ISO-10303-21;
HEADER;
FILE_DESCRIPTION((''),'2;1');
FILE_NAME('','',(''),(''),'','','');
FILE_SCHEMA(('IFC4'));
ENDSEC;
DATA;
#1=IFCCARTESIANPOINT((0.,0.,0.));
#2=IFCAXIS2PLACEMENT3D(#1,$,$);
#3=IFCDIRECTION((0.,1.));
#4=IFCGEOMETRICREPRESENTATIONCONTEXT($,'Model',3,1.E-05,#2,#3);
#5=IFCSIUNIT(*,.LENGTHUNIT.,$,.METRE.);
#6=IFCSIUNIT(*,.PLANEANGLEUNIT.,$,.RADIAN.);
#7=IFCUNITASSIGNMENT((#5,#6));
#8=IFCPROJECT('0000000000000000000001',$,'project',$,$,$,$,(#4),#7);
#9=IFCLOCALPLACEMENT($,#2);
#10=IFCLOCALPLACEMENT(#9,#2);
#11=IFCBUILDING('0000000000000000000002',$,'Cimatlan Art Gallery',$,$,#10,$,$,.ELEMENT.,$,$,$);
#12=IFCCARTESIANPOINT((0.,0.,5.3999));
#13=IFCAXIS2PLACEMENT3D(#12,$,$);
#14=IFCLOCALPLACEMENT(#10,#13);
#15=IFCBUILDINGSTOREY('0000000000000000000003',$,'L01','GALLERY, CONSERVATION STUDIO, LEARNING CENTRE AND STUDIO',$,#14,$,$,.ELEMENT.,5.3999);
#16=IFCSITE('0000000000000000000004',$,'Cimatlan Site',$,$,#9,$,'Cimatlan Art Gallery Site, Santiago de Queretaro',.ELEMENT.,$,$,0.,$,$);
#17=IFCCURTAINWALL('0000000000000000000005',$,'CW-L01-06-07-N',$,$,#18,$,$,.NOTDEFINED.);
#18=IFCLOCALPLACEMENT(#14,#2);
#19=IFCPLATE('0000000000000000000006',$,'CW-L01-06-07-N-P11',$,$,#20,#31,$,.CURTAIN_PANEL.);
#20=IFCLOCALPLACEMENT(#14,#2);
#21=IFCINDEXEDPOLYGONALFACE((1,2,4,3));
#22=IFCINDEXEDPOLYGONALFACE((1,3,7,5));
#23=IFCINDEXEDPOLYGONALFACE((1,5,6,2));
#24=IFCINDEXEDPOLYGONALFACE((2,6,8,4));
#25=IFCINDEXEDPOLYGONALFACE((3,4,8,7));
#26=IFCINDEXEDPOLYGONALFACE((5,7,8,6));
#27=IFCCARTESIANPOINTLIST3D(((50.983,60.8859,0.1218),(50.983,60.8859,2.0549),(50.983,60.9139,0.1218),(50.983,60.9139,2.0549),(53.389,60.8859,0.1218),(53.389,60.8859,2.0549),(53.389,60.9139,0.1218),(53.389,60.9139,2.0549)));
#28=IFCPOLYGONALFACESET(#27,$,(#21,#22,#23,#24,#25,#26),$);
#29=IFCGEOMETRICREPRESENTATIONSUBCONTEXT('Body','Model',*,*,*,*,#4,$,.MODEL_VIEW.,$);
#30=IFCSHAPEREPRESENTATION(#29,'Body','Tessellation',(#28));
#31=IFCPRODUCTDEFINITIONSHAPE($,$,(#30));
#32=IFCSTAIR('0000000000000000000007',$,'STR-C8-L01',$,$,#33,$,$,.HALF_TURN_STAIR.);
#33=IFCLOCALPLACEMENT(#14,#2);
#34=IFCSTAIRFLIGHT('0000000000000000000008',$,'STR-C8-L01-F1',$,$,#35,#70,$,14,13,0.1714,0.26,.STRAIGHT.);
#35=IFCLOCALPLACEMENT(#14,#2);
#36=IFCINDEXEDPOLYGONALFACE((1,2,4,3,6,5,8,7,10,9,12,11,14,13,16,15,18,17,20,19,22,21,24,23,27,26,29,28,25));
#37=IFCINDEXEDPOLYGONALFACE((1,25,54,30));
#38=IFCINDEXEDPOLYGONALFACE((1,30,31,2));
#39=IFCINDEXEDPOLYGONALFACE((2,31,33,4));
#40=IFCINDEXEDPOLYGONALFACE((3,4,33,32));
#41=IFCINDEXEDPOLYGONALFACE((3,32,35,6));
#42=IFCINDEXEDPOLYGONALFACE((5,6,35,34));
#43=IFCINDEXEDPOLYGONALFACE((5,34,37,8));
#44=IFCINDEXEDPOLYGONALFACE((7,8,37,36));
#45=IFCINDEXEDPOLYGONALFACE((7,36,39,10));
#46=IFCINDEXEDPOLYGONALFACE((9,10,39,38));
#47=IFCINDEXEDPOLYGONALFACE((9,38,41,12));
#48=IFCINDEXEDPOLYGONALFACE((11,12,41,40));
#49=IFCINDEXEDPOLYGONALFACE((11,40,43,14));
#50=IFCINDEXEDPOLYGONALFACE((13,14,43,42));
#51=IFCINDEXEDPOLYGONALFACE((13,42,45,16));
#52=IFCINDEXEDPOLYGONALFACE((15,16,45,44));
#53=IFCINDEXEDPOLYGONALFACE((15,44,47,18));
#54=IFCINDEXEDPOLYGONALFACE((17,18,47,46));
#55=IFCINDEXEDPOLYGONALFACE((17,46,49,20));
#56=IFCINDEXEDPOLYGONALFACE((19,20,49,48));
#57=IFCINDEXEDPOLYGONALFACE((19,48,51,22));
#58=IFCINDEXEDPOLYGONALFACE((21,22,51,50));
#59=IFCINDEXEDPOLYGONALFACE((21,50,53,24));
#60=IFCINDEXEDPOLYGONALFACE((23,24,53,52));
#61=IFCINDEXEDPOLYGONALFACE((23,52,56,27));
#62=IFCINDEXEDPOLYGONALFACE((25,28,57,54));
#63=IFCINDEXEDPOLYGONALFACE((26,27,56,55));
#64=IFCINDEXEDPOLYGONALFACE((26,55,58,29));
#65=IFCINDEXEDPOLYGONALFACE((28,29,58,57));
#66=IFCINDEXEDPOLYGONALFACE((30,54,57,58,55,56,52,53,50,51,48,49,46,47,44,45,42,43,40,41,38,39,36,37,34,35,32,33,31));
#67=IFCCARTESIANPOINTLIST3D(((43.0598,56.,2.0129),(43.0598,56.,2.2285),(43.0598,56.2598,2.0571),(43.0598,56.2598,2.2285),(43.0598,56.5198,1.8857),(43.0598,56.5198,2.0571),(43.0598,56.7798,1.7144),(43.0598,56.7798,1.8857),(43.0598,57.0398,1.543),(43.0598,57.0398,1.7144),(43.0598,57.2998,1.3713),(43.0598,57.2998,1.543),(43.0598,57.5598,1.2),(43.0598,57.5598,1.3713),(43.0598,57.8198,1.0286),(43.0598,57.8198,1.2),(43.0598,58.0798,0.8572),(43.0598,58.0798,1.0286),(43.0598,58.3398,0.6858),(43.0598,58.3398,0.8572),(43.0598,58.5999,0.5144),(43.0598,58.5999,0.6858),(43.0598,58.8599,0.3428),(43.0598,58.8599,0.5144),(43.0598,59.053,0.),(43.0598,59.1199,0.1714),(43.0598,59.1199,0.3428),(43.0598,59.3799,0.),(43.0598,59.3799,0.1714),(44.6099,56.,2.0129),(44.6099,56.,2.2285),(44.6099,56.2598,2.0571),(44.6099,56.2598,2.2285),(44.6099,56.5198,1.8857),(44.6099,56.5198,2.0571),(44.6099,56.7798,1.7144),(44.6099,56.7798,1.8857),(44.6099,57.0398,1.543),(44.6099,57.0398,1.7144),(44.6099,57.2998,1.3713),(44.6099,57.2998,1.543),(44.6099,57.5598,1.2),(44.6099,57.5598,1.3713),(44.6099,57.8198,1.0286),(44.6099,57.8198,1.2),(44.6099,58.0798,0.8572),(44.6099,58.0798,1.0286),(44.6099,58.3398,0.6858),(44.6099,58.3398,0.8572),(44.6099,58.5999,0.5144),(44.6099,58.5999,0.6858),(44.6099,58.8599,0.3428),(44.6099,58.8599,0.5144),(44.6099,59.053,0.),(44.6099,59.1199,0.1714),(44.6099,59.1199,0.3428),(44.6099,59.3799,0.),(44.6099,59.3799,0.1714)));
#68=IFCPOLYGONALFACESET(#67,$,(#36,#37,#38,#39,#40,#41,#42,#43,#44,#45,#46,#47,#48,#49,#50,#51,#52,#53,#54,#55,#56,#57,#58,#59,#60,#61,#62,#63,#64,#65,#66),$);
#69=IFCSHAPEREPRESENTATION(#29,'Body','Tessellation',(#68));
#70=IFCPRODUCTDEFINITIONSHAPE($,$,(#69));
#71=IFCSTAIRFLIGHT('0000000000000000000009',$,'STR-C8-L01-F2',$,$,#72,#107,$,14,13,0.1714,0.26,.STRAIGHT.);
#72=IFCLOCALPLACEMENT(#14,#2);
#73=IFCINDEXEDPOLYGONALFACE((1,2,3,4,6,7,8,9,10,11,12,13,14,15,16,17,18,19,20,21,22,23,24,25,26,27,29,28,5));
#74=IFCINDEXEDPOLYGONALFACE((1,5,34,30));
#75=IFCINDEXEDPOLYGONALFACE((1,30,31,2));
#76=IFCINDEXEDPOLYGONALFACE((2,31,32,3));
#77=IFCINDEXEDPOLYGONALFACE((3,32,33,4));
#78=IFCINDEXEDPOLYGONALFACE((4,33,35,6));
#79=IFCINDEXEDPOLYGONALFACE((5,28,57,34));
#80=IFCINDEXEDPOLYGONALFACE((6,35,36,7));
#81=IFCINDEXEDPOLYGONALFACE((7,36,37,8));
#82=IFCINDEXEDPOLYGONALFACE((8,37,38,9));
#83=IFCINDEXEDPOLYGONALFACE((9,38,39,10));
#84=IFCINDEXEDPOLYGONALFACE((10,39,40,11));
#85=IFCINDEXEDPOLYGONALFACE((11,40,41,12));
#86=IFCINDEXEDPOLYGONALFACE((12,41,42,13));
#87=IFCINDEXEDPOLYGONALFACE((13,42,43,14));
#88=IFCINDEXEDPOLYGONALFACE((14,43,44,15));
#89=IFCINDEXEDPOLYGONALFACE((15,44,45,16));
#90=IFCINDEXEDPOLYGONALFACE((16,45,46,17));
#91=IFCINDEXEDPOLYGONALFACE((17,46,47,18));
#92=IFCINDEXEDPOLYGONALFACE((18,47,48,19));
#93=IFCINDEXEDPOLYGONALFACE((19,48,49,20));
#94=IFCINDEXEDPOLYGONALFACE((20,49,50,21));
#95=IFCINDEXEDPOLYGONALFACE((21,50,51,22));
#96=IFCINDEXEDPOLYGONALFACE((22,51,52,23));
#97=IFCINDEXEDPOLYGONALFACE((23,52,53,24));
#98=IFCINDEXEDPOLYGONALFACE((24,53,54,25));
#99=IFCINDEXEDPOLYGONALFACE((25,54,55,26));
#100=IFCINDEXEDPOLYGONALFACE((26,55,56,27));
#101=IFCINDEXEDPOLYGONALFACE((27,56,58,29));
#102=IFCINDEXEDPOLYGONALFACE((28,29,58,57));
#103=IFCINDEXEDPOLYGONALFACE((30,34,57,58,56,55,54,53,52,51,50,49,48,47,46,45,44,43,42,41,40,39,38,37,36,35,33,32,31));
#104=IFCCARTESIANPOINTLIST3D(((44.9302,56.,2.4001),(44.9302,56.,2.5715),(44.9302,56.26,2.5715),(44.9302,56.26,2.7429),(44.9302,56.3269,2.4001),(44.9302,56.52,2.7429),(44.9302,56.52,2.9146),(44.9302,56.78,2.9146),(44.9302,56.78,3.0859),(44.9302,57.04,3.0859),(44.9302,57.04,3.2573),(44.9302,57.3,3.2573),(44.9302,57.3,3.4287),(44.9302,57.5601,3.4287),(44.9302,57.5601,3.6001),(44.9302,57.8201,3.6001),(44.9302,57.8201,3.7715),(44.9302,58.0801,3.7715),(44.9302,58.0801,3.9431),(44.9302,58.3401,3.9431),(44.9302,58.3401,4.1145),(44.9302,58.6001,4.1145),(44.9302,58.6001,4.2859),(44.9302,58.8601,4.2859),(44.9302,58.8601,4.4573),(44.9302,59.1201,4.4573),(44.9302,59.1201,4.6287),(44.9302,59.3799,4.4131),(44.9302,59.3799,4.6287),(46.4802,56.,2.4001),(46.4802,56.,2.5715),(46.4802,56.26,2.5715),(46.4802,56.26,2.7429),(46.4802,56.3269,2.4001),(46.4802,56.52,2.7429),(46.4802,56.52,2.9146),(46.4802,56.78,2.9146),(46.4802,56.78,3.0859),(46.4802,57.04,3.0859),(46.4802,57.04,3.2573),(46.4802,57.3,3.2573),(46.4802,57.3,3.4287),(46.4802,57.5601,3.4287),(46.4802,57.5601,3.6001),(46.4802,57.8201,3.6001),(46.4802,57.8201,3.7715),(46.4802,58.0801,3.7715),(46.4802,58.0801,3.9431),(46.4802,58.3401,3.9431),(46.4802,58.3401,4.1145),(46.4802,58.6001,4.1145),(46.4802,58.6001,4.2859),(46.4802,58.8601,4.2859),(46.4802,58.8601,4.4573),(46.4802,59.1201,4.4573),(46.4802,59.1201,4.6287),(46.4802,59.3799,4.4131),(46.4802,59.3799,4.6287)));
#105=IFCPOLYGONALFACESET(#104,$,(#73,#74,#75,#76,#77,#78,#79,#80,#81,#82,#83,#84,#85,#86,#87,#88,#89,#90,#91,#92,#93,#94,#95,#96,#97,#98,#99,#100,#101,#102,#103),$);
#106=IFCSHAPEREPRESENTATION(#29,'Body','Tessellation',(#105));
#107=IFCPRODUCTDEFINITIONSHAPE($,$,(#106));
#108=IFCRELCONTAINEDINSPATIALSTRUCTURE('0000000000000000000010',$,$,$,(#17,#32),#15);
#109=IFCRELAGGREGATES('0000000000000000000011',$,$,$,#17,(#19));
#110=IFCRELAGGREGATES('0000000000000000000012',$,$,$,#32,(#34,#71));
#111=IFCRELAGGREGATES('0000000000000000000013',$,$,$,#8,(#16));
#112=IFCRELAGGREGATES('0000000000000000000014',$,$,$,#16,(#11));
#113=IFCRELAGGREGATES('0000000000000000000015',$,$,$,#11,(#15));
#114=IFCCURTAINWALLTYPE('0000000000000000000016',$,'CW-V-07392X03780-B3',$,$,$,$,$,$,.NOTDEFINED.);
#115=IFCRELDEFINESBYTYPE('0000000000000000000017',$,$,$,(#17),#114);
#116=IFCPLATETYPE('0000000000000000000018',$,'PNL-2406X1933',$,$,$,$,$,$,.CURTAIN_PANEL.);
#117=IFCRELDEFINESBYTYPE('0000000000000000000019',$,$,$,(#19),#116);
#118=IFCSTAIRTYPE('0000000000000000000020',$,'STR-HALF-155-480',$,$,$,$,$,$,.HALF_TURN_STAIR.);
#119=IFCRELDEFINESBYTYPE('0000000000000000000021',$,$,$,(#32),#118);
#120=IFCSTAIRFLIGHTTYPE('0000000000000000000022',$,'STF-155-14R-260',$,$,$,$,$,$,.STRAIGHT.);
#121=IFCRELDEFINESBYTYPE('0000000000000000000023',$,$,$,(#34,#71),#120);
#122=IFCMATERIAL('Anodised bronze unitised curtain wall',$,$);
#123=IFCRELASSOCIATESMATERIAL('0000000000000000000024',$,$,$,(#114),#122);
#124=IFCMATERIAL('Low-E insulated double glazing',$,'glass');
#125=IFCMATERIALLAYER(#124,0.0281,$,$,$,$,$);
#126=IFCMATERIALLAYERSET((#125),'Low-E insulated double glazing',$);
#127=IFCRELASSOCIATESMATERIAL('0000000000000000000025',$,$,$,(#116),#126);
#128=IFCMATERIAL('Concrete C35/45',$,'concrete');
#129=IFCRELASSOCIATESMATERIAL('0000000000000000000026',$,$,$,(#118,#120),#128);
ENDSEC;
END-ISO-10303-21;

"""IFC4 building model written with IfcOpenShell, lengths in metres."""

from ifc_helpers import new_model, si_unit, direction, frame, origin, origin_2d, place, context, subcontext, project, spatial, polyline, rectangle, outline, extrude, material, layer, layer_set, type_object, element, aggregate, save


model = new_model("IFC4")

# Units and contexts
model_context = context("Model", 3, precision=1e-05, world=origin(), true_north=direction((0.0, 1.0)))
body_context = subcontext(model_context, "Body", "Model", "MODEL_VIEW")
ifc_project = project(units=[si_unit("LENGTHUNIT", "METRE"), si_unit("PLANEANGLEUNIT", "RADIAN")], contexts=[model_context])

# Site, building, storey
site_placement = place(None, origin())
site = spatial("IfcSite", under=ifc_project, at=site_placement, Name="Cimatlan Site", LongName="Cimatlan Art Gallery Site, Santiago de Queretaro", CompositionType="ELEMENT", RefElevation=0.0)
building_placement = place(site_placement, origin())
building = spatial("IfcBuilding", under=site, at=building_placement, Name="Cimatlan Art Gallery", CompositionType="ELEMENT")
storey_placement = place(building_placement, frame((0.0, 0.0, 5.3999)))
storey = spatial("IfcBuildingStorey", under=building, at=storey_placement, Name="L01", Description="GALLERY, CONSERVATION STUDIO, LEARNING CENTRE AND STUDIO", CompositionType="ELEMENT", Elevation=5.3999)

# Shared definitions
ifc_material_1 = material(Name="Anodised bronze unitised curtain wall")

# Curtain wall
curtain_wall_type_1 = type_object("IfcCurtainWallType", Name="CW-V-07392X03780-B3", PredefinedType="NOTDEFINED", material=ifc_material_1)
curtain_wall_1_placement = place(storey_placement, origin())
curtain_wall_1 = element("IfcCurtainWall", 1, at=curtain_wall_1_placement, inside=storey, type_object=curtain_wall_type_1, Name="CW-L01-06-07-N", PredefinedType="NOTDEFINED")

# Plate
ifc_material_2 = material(Name="Low-E insulated double glazing", Category="glass")
ifc_layer_1 = layer(ifc_material_2, 0.0281)
ifc_layer_set_1 = layer_set([ifc_layer_1], Name="Low-E insulated double glazing")
plate_type_1 = type_object("IfcPlateType", Name="PNL-2406X1933", PredefinedType="CURTAIN_PANEL", material=ifc_layer_set_1)
plate_1_placement = place(storey_placement, frame((52.186, 60.8999, 0.1218), z_axis=(0.0, 0.0, 1.0), x_axis=(1.0, 0.0, 0.0)))
plate_1 = element("IfcPlate", 2, at=plate_1_placement, type_object=plate_type_1, Name="CW-L01-06-07-N-P11", PredefinedType="CURTAIN_PANEL", context=body_context, shape_type="SweptSolid", body=[
    extrude(rectangle(XDim=2.406, YDim=0.0281, at=origin_2d()), origin(), (0.0, 0.0, 1.0), 1.9331),
])
aggregate(curtain_wall_1, [plate_1])

# Stair, stair flights
ifc_material_3 = material(Name="Concrete C35/45", Category="concrete")
stair_type = type_object("IfcStairType", Name="STR-HALF-155-480", PredefinedType="HALF_TURN_STAIR", material=ifc_material_3)
stair_placement = place(storey_placement, origin())
stair = element("IfcStair", 3, at=stair_placement, inside=storey, type_object=stair_type, Name="STR-C8-L01", PredefinedType="HALF_TURN_STAIR")
stair_flight_type = type_object("IfcStairFlightType", Name="STF-155-14R-260", PredefinedType="STRAIGHT", material=ifc_material_3)
stair_flight_1_placement = place(storey_placement, frame((43.835, 59.3799, 0.0), z_axis=(0.0, 0.0, 1.0), x_axis=(0.0, -1.0, 0.0)))
stair_flight_1 = element("IfcStairFlight", 4, at=stair_flight_1_placement, type_object=stair_flight_type, Name="STR-C8-L01-F1", NumberOfRisers=14, NumberOfTreads=13, PredefinedType="STRAIGHT", RiserHeight=0.1714, TreadLength=0.26, context=body_context, shape_type="SweptSolid", body=[
    extrude(outline(polyline([(0.0, 0.0), (0.0, 0.1714), (0.26, 0.1714), (0.26, 0.3428), (0.52, 0.3428), (0.52, 0.5144), (0.78, 0.5144), (0.78, 0.6858), (1.04, 0.6858), (1.04, 0.8572), (1.3, 0.8572), (1.3, 1.0286), (1.5601, 1.0286), (1.5601, 1.2), (1.8201, 1.2), (1.8201, 1.3713), (2.0801, 1.3713), (2.0801, 1.543), (2.3401, 1.543), (2.3401, 1.7144), (2.6001, 1.7144), (2.6001, 1.8857), (2.8601, 1.8857), (2.8601, 2.0571), (3.1201, 2.0571), (3.1201, 2.2285), (3.3799, 2.2285), (3.3799, 2.3999), (3.3799, 2.0129), (0.3269, 0.0), (0.0, 0.0)])), frame((0.0, 0.7749, 0.0), z_axis=(0.0, -1.0, 0.0), x_axis=(1.0, 0.0, 0.0)), (0.0, 0.0, 1.0), 1.55),
])
stair_flight_2_placement = place(storey_placement, frame((45.7051, 56.0, 2.4001), z_axis=(0.0, 0.0, 1.0), x_axis=(0.0, 1.0, 0.0)))
stair_flight_2 = element("IfcStairFlight", 5, at=stair_flight_2_placement, type_object=stair_flight_type, Name="STR-C8-L01-F2", NumberOfRisers=14, NumberOfTreads=13, PredefinedType="STRAIGHT", RiserHeight=0.1714, TreadLength=0.26, context=body_context, shape_type="SweptSolid", body=[
    extrude(outline(polyline([(0.0, 0.0), (0.0, 0.1714), (0.26, 0.1714), (0.26, 0.3428), (0.52, 0.3428), (0.52, 0.5144), (0.78, 0.5144), (0.78, 0.6858), (1.04, 0.6858), (1.04, 0.8572), (1.3, 0.8572), (1.3, 1.0286), (1.5601, 1.0286), (1.5601, 1.2), (1.8201, 1.2), (1.8201, 1.3713), (2.0801, 1.3713), (2.0801, 1.543), (2.3401, 1.543), (2.3401, 1.7144), (2.6001, 1.7144), (2.6001, 1.8857), (2.8601, 1.8857), (2.8601, 2.0571), (3.1201, 2.0571), (3.1201, 2.2285), (3.3799, 2.2285), (3.3799, 2.3999), (3.3799, 2.0129), (0.3269, 0.0), (0.0, 0.0)])), frame((0.0, 0.7749, 0.0), z_axis=(0.0, -1.0, 0.0), x_axis=(1.0, 0.0, 0.0)), (0.0, 0.0, 1.0), 1.55),
])
aggregate(stair, [stair_flight_1, stair_flight_2])

save(model, "model.ifc")
